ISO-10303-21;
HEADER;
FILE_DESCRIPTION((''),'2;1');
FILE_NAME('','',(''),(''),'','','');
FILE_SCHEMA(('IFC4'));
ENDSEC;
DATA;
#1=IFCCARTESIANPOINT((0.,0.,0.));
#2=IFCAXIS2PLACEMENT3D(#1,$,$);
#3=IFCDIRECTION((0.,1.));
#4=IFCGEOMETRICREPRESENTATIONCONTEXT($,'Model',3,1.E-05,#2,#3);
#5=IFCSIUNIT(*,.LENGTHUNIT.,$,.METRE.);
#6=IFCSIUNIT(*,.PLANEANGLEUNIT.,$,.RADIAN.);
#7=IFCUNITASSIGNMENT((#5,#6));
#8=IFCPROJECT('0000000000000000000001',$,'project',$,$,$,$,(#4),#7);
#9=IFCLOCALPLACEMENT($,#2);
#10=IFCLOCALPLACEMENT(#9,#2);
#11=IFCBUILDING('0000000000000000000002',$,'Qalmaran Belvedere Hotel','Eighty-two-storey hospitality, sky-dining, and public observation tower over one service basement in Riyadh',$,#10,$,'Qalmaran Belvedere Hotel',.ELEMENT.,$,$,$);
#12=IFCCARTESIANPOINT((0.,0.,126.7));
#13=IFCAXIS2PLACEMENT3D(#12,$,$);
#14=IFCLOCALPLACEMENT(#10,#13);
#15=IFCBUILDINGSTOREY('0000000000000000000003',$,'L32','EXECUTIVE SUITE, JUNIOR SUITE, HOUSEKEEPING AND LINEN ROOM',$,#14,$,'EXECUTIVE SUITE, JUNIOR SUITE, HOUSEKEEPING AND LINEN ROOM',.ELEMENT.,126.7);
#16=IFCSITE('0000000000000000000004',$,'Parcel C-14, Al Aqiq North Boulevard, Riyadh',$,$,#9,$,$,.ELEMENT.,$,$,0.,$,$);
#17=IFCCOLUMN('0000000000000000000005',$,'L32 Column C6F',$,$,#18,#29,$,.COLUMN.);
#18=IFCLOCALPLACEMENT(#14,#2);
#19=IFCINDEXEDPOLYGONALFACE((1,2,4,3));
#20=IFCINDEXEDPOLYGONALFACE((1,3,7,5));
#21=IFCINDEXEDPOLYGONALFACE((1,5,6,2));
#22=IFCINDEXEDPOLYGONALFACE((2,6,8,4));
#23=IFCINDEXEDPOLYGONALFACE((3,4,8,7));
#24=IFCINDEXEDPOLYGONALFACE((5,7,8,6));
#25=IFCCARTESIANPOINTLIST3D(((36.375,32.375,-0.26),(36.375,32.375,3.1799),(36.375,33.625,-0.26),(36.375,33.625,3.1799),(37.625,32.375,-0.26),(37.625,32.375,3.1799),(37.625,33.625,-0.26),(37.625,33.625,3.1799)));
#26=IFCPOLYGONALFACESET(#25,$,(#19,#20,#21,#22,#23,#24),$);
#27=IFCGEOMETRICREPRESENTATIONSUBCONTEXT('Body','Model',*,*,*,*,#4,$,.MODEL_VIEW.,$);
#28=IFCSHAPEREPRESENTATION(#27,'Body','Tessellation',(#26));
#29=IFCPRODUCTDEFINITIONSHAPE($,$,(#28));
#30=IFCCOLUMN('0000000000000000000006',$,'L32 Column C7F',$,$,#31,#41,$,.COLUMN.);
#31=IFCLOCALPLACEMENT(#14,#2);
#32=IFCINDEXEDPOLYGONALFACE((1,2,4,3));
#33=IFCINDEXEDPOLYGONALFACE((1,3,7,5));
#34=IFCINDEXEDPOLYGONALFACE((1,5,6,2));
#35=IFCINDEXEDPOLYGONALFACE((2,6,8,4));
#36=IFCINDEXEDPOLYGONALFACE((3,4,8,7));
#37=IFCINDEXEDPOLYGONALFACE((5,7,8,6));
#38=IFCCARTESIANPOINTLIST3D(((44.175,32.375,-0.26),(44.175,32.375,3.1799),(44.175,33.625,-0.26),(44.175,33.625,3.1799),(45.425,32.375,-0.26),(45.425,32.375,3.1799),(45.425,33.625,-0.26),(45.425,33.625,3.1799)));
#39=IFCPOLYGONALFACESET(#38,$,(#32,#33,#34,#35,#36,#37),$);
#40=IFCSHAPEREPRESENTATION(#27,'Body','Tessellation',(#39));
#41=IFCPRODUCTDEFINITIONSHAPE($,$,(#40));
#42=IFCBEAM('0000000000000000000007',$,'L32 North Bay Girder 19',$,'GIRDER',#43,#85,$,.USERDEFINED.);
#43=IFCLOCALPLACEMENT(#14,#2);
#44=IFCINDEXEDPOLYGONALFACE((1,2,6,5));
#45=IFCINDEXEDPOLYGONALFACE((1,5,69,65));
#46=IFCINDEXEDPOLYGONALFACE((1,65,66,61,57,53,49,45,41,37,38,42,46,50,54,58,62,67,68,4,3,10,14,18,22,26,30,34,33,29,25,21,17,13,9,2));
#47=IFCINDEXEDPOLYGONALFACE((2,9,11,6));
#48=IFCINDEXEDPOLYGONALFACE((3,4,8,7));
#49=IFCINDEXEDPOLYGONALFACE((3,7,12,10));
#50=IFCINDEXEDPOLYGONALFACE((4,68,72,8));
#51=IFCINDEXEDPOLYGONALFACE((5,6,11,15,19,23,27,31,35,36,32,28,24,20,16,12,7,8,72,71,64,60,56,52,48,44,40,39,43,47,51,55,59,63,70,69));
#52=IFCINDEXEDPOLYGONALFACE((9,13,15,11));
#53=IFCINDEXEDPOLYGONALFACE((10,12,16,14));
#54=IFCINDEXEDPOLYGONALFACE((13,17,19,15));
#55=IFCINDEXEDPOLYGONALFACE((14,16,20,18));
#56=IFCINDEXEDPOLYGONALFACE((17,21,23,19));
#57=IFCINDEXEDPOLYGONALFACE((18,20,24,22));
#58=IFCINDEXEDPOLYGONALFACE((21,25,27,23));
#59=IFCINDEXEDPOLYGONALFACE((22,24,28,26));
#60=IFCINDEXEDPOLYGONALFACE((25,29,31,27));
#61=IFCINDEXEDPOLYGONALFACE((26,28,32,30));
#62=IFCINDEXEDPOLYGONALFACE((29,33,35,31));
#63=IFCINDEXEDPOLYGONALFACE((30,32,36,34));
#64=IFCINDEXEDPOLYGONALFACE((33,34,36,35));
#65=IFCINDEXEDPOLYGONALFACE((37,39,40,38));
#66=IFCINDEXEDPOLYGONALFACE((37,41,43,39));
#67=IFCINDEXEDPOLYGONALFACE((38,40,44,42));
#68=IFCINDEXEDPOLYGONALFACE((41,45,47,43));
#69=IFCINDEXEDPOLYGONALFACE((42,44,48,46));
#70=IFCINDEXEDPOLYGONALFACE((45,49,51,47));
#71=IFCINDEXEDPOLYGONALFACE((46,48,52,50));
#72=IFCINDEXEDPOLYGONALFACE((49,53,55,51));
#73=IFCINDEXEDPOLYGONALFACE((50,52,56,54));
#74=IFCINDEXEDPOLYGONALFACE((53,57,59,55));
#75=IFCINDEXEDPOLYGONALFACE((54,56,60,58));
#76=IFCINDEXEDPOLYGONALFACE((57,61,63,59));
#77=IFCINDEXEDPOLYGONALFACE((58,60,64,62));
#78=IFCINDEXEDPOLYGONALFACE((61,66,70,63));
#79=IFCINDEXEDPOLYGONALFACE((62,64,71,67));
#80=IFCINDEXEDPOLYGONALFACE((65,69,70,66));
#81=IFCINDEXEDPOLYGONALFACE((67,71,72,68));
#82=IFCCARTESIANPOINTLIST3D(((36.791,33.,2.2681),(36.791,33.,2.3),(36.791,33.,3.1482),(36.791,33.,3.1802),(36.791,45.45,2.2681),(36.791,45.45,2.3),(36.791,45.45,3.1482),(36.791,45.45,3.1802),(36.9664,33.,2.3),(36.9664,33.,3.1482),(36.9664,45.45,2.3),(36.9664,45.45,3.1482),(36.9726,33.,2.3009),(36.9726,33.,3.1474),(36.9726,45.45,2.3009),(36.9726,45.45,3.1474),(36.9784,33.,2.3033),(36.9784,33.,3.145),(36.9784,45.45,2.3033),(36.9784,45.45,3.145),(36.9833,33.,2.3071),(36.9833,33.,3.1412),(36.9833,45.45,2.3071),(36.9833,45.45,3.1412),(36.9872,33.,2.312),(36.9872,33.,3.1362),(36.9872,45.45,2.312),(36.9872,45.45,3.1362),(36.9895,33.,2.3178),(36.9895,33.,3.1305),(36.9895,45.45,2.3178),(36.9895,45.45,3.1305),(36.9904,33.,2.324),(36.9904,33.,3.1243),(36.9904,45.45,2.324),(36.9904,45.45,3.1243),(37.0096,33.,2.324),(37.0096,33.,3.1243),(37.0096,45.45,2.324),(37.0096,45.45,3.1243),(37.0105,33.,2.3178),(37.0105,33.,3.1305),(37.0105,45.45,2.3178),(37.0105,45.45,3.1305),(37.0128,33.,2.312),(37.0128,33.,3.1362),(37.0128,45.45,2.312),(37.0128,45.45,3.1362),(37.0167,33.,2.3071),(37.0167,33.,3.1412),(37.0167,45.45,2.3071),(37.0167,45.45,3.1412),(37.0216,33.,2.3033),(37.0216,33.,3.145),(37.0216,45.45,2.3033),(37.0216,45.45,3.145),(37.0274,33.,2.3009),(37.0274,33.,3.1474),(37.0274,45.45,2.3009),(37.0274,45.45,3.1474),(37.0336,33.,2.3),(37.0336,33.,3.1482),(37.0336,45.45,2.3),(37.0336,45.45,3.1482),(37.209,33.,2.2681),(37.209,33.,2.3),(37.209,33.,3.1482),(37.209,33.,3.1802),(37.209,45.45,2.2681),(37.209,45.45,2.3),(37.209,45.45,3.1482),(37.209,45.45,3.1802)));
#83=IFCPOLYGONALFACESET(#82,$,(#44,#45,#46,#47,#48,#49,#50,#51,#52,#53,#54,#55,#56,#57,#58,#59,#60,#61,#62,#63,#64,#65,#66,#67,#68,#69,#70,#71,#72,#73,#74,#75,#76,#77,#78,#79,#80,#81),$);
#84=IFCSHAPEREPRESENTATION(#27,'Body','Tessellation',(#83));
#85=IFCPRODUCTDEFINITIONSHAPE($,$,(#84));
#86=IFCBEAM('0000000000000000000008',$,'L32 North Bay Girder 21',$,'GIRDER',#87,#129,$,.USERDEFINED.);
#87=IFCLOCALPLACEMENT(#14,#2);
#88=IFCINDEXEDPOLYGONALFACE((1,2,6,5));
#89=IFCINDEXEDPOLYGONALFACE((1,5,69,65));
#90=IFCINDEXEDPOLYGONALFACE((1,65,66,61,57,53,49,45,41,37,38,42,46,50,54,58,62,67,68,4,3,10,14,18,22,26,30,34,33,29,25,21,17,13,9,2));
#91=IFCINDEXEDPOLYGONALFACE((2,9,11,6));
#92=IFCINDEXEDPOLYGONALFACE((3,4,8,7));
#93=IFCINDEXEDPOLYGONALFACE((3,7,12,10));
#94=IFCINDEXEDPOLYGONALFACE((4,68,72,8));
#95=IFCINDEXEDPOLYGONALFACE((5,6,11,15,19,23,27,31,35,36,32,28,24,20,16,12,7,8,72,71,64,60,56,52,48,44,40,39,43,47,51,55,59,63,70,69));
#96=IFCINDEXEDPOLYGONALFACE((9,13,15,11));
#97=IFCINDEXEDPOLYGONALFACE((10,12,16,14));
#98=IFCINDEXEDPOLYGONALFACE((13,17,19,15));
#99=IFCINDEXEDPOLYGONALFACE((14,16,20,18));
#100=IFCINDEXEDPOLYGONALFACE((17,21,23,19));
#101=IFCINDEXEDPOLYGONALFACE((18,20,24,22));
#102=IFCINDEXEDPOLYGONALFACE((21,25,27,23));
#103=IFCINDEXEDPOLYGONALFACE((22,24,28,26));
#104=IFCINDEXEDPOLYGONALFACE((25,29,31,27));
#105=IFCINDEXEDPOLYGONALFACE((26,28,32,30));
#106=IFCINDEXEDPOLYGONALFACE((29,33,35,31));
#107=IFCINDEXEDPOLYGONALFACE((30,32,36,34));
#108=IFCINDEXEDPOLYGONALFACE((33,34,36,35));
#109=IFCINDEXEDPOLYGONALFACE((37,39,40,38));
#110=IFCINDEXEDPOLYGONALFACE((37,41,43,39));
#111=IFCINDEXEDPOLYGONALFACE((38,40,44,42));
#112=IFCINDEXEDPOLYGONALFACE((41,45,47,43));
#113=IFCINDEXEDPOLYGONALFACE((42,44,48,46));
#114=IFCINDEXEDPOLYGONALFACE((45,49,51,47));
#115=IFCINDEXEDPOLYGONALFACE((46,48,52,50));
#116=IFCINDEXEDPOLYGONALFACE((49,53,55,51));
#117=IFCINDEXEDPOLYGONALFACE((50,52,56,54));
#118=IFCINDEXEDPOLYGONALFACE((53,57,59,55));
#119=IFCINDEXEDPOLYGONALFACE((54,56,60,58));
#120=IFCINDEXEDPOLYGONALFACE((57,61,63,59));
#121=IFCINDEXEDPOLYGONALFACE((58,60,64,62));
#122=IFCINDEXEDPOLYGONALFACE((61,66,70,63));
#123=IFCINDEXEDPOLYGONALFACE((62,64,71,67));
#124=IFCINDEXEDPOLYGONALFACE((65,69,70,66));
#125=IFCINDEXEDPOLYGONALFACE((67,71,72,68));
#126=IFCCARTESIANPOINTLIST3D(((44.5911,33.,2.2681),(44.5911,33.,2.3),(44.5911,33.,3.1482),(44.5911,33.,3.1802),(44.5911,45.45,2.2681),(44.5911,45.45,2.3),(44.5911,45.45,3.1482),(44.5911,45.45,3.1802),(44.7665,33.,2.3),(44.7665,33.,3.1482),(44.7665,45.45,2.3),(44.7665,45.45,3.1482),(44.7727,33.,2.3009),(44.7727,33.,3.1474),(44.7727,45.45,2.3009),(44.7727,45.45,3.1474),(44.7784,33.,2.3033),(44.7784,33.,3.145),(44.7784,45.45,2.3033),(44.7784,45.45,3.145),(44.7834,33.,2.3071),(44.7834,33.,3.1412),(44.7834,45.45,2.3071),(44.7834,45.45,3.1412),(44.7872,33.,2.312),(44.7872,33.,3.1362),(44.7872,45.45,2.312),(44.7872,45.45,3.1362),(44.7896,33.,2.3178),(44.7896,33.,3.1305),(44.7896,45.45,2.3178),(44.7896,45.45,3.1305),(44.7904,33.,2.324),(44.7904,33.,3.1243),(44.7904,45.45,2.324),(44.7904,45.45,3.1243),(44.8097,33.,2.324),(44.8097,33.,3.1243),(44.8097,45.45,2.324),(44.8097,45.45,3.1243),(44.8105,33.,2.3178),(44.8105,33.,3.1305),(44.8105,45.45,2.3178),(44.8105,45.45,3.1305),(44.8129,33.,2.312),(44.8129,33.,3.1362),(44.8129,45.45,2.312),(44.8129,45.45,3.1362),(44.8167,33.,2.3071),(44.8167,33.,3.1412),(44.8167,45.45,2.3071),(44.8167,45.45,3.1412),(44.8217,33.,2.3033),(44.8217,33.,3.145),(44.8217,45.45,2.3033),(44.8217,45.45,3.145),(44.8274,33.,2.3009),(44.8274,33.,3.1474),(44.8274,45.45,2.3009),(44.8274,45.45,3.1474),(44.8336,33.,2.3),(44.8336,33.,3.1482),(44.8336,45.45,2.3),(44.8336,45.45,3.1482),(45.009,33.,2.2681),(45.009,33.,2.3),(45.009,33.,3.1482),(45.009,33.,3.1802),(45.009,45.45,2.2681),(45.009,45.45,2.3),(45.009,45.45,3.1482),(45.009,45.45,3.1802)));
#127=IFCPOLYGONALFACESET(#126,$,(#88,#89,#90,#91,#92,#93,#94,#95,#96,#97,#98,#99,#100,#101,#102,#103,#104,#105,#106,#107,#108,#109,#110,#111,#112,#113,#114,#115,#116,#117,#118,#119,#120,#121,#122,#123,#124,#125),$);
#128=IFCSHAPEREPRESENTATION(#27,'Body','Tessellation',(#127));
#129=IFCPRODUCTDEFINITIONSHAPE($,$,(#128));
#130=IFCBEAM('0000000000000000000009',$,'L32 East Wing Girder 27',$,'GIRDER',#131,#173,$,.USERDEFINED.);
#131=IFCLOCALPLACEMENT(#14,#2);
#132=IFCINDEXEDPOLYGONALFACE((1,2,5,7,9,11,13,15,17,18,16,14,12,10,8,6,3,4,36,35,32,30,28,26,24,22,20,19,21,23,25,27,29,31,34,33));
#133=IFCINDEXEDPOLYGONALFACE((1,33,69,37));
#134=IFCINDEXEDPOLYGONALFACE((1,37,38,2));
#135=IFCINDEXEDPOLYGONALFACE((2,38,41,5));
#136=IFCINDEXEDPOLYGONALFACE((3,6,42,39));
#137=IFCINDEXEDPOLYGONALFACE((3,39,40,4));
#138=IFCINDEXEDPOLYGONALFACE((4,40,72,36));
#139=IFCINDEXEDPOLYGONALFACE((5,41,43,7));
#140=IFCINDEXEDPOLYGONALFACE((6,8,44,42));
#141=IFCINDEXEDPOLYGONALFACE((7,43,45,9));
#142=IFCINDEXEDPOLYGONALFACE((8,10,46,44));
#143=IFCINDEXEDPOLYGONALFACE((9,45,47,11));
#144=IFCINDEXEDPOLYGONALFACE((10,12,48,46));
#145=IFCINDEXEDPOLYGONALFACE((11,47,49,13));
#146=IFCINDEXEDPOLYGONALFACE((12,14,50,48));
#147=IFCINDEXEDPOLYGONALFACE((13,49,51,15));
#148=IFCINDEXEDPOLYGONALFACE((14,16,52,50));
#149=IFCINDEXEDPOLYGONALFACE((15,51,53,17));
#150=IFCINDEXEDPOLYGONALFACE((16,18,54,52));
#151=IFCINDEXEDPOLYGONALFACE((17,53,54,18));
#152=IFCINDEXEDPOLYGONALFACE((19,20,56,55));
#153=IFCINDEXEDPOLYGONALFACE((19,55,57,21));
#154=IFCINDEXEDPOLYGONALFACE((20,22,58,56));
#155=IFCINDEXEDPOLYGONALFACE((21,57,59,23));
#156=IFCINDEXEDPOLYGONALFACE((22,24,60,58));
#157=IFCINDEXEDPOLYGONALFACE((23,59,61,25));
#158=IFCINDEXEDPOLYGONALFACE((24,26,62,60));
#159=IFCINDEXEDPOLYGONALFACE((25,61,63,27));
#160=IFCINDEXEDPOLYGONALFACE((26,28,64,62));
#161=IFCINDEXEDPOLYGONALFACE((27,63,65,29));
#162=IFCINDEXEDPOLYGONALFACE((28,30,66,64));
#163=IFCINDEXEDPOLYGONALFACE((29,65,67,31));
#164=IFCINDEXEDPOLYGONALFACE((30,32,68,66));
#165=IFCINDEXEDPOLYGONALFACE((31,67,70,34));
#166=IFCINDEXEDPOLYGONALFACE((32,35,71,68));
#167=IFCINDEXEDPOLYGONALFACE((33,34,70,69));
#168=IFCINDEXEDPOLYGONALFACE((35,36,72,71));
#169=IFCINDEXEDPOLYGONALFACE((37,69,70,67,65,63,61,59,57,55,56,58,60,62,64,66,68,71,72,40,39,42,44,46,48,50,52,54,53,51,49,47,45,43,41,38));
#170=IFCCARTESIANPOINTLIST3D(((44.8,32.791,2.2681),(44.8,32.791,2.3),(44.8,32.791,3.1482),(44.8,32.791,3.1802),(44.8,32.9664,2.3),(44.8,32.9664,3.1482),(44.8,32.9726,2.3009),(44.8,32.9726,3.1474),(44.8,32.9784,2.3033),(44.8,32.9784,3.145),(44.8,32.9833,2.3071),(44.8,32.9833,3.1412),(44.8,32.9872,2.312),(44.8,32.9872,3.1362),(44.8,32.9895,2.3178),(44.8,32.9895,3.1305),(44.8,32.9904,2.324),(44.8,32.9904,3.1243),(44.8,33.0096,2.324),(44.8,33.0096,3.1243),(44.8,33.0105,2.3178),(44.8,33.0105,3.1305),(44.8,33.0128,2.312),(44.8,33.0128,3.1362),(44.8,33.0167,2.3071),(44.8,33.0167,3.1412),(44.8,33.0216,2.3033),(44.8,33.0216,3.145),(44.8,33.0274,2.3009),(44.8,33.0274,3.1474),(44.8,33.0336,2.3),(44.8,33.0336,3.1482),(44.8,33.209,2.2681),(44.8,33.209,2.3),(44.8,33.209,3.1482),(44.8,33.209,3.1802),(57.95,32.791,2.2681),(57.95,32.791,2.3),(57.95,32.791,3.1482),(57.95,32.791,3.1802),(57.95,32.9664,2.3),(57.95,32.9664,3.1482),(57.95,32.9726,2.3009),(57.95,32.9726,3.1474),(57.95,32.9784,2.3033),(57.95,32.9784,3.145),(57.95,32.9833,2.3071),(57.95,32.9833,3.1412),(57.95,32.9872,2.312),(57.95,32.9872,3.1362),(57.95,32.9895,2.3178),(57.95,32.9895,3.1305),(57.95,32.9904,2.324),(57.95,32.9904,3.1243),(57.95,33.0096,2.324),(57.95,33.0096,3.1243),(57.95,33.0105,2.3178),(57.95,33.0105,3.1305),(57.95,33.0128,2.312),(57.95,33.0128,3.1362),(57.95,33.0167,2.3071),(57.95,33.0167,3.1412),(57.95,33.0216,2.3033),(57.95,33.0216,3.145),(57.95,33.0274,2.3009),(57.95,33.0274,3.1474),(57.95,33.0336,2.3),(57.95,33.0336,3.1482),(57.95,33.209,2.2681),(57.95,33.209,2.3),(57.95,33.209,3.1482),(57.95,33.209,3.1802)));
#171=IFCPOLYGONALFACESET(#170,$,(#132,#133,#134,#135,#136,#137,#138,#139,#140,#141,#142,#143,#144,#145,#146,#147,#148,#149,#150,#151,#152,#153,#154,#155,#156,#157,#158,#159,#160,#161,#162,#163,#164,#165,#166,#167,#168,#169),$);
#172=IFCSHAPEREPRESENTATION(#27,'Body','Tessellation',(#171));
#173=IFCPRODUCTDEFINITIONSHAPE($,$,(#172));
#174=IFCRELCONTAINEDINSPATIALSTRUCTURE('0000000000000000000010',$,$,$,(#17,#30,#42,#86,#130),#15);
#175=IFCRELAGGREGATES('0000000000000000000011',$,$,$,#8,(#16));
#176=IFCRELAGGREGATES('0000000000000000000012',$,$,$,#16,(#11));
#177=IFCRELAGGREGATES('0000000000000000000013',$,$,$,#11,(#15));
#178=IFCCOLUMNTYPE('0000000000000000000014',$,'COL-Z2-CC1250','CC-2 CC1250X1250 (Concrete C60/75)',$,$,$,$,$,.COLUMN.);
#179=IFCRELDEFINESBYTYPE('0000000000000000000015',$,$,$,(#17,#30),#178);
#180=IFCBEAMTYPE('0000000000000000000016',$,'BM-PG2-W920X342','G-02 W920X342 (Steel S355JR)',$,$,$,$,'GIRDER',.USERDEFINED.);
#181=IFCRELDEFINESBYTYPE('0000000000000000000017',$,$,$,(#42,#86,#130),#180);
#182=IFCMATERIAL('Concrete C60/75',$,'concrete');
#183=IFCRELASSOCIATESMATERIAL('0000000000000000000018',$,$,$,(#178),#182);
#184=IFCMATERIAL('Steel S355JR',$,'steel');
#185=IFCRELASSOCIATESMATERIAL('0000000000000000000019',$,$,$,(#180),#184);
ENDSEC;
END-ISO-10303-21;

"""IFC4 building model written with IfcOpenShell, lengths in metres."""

from ifc_helpers import new_model, si_unit, direction, frame, origin, origin_2d, place, context, subcontext, project, spatial, rectangle, i_section, extrude, material, material_profile, profile_set, type_object, element, save


model = new_model("IFC4")

# Units and contexts
model_context = context("Model", 3, precision=1e-05, world=origin(), true_north=direction((0.0, 1.0)))
body_context = subcontext(model_context, "Body", "Model", "MODEL_VIEW")
ifc_project = project(units=[si_unit("LENGTHUNIT", "METRE"), si_unit("PLANEANGLEUNIT", "RADIAN")], contexts=[model_context])

# Site, building, storey
site_placement = place(None, origin())
site = spatial("IfcSite", under=ifc_project, at=site_placement, Name="Parcel C-14, Al Aqiq North Boulevard, Riyadh", CompositionType="ELEMENT", RefElevation=0.0)
building_placement = place(site_placement, origin())
building = spatial("IfcBuilding", under=site, at=building_placement, Name="Qalmaran Belvedere Hotel", Description="Eighty-two-storey hospitality, sky-dining, and public observation tower over one service basement in Riyadh", LongName="Qalmaran Belvedere Hotel", CompositionType="ELEMENT")
storey_placement = place(building_placement, frame((0.0, 0.0, 126.7)))
storey = spatial("IfcBuildingStorey", under=building, at=storey_placement, Name="L32", Description="EXECUTIVE SUITE, JUNIOR SUITE, HOUSEKEEPING AND LINEN ROOM", LongName="EXECUTIVE SUITE, JUNIOR SUITE, HOUSEKEEPING AND LINEN ROOM", CompositionType="ELEMENT", Elevation=126.7)

# Columns
ifc_material_1 = material(Name="Concrete C60/75", Category="concrete")
ifc_material_profile_1 = material_profile(ifc_material_1, rectangle(XDim=1.25, YDim=1.25, at=origin_2d()), Name="CC1250X1250")
ifc_profile_set_1 = profile_set([ifc_material_profile_1], Name="Concrete C60/75")
column_type = type_object("IfcColumnType", Name="COL-Z2-CC1250", Description="CC-2 CC1250X1250 (Concrete C60/75)", PredefinedType="COLUMN", material=ifc_profile_set_1)
for number, where, z_axis, x_axis, name in (
    (1, (37.0, 33.0, -0.26), (0.0, 0.0, 1.0), (1.0, 0.0, 0.0), "L32 Column C6F"),
    (2, (44.8, 33.0, -0.26), (0.0, 0.0, 1.0), (1.0, 0.0, 0.0), "L32 Column C7F"),
):
    element("IfcColumn", number, at=place(storey_placement, frame(where, z_axis=z_axis, x_axis=x_axis)), inside=storey, type_object=column_type, Name=name, PredefinedType="COLUMN", context=body_context, shape_type="SweptSolid", body=[
        extrude(rectangle(XDim=1.25, YDim=1.25, at=origin_2d()), origin(), (0.0, 0.0, 1.0), 3.4399),
    ])

# Beams
ifc_material_2 = material(Name="Steel S355JR", Category="steel")
ifc_material_profile_2 = material_profile(ifc_material_2, i_section(OverallWidth=0.418, OverallDepth=0.9121, WebThickness=0.0193, FlangeThickness=0.032, FilletRadius=0.0239, at=origin_2d()), Name="W920X342")
ifc_profile_set_2 = profile_set([ifc_material_profile_2], Name="Steel S355JR")
beam_type_1 = type_object("IfcBeamType", Name="BM-PG2-W920X342", Description="G-02 W920X342 (Steel S355JR)", ElementType="GIRDER", PredefinedType="USERDEFINED", material=ifc_profile_set_2)
for number, where, z_axis, x_axis, name in (
    (3, (37.0, 33.0, 2.7241), (0.0, 1.0, 0.0), (-1.0, 0.0, 0.0), "L32 North Bay Girder 19"),
    (4, (44.8, 33.0, 2.7241), (0.0, 1.0, 0.0), (-1.0, 0.0, 0.0), "L32 North Bay Girder 21"),
):
    element("IfcBeam", number, at=place(storey_placement, frame(where, z_axis=z_axis, x_axis=x_axis)), inside=storey, type_object=beam_type_1, Name=name, ObjectType="GIRDER", PredefinedType="USERDEFINED", context=body_context, shape_type="SweptSolid", body=[
        extrude(i_section(OverallWidth=0.418, OverallDepth=0.9121, WebThickness=0.0193, FlangeThickness=0.032, FilletRadius=0.0239, at=origin_2d()), origin(), (0.0, 0.0, 1.0), 12.45),
    ])
beam_1_placement = place(storey_placement, frame((44.8, 33.0, 2.7241), z_axis=(1.0, 0.0, 0.0), x_axis=(0.0, 1.0, 0.0)))
element("IfcBeam", 5, at=beam_1_placement, inside=storey, type_object=beam_type_1, Name="L32 East Wing Girder 27", ObjectType="GIRDER", PredefinedType="USERDEFINED", context=body_context, shape_type="SweptSolid", body=[
    extrude(i_section(OverallWidth=0.418, OverallDepth=0.9121, WebThickness=0.0193, FlangeThickness=0.032, FilletRadius=0.0239, at=origin_2d()), origin(), (0.0, 0.0, 1.0), 13.1499),
])

save(model, "model.ifc")
